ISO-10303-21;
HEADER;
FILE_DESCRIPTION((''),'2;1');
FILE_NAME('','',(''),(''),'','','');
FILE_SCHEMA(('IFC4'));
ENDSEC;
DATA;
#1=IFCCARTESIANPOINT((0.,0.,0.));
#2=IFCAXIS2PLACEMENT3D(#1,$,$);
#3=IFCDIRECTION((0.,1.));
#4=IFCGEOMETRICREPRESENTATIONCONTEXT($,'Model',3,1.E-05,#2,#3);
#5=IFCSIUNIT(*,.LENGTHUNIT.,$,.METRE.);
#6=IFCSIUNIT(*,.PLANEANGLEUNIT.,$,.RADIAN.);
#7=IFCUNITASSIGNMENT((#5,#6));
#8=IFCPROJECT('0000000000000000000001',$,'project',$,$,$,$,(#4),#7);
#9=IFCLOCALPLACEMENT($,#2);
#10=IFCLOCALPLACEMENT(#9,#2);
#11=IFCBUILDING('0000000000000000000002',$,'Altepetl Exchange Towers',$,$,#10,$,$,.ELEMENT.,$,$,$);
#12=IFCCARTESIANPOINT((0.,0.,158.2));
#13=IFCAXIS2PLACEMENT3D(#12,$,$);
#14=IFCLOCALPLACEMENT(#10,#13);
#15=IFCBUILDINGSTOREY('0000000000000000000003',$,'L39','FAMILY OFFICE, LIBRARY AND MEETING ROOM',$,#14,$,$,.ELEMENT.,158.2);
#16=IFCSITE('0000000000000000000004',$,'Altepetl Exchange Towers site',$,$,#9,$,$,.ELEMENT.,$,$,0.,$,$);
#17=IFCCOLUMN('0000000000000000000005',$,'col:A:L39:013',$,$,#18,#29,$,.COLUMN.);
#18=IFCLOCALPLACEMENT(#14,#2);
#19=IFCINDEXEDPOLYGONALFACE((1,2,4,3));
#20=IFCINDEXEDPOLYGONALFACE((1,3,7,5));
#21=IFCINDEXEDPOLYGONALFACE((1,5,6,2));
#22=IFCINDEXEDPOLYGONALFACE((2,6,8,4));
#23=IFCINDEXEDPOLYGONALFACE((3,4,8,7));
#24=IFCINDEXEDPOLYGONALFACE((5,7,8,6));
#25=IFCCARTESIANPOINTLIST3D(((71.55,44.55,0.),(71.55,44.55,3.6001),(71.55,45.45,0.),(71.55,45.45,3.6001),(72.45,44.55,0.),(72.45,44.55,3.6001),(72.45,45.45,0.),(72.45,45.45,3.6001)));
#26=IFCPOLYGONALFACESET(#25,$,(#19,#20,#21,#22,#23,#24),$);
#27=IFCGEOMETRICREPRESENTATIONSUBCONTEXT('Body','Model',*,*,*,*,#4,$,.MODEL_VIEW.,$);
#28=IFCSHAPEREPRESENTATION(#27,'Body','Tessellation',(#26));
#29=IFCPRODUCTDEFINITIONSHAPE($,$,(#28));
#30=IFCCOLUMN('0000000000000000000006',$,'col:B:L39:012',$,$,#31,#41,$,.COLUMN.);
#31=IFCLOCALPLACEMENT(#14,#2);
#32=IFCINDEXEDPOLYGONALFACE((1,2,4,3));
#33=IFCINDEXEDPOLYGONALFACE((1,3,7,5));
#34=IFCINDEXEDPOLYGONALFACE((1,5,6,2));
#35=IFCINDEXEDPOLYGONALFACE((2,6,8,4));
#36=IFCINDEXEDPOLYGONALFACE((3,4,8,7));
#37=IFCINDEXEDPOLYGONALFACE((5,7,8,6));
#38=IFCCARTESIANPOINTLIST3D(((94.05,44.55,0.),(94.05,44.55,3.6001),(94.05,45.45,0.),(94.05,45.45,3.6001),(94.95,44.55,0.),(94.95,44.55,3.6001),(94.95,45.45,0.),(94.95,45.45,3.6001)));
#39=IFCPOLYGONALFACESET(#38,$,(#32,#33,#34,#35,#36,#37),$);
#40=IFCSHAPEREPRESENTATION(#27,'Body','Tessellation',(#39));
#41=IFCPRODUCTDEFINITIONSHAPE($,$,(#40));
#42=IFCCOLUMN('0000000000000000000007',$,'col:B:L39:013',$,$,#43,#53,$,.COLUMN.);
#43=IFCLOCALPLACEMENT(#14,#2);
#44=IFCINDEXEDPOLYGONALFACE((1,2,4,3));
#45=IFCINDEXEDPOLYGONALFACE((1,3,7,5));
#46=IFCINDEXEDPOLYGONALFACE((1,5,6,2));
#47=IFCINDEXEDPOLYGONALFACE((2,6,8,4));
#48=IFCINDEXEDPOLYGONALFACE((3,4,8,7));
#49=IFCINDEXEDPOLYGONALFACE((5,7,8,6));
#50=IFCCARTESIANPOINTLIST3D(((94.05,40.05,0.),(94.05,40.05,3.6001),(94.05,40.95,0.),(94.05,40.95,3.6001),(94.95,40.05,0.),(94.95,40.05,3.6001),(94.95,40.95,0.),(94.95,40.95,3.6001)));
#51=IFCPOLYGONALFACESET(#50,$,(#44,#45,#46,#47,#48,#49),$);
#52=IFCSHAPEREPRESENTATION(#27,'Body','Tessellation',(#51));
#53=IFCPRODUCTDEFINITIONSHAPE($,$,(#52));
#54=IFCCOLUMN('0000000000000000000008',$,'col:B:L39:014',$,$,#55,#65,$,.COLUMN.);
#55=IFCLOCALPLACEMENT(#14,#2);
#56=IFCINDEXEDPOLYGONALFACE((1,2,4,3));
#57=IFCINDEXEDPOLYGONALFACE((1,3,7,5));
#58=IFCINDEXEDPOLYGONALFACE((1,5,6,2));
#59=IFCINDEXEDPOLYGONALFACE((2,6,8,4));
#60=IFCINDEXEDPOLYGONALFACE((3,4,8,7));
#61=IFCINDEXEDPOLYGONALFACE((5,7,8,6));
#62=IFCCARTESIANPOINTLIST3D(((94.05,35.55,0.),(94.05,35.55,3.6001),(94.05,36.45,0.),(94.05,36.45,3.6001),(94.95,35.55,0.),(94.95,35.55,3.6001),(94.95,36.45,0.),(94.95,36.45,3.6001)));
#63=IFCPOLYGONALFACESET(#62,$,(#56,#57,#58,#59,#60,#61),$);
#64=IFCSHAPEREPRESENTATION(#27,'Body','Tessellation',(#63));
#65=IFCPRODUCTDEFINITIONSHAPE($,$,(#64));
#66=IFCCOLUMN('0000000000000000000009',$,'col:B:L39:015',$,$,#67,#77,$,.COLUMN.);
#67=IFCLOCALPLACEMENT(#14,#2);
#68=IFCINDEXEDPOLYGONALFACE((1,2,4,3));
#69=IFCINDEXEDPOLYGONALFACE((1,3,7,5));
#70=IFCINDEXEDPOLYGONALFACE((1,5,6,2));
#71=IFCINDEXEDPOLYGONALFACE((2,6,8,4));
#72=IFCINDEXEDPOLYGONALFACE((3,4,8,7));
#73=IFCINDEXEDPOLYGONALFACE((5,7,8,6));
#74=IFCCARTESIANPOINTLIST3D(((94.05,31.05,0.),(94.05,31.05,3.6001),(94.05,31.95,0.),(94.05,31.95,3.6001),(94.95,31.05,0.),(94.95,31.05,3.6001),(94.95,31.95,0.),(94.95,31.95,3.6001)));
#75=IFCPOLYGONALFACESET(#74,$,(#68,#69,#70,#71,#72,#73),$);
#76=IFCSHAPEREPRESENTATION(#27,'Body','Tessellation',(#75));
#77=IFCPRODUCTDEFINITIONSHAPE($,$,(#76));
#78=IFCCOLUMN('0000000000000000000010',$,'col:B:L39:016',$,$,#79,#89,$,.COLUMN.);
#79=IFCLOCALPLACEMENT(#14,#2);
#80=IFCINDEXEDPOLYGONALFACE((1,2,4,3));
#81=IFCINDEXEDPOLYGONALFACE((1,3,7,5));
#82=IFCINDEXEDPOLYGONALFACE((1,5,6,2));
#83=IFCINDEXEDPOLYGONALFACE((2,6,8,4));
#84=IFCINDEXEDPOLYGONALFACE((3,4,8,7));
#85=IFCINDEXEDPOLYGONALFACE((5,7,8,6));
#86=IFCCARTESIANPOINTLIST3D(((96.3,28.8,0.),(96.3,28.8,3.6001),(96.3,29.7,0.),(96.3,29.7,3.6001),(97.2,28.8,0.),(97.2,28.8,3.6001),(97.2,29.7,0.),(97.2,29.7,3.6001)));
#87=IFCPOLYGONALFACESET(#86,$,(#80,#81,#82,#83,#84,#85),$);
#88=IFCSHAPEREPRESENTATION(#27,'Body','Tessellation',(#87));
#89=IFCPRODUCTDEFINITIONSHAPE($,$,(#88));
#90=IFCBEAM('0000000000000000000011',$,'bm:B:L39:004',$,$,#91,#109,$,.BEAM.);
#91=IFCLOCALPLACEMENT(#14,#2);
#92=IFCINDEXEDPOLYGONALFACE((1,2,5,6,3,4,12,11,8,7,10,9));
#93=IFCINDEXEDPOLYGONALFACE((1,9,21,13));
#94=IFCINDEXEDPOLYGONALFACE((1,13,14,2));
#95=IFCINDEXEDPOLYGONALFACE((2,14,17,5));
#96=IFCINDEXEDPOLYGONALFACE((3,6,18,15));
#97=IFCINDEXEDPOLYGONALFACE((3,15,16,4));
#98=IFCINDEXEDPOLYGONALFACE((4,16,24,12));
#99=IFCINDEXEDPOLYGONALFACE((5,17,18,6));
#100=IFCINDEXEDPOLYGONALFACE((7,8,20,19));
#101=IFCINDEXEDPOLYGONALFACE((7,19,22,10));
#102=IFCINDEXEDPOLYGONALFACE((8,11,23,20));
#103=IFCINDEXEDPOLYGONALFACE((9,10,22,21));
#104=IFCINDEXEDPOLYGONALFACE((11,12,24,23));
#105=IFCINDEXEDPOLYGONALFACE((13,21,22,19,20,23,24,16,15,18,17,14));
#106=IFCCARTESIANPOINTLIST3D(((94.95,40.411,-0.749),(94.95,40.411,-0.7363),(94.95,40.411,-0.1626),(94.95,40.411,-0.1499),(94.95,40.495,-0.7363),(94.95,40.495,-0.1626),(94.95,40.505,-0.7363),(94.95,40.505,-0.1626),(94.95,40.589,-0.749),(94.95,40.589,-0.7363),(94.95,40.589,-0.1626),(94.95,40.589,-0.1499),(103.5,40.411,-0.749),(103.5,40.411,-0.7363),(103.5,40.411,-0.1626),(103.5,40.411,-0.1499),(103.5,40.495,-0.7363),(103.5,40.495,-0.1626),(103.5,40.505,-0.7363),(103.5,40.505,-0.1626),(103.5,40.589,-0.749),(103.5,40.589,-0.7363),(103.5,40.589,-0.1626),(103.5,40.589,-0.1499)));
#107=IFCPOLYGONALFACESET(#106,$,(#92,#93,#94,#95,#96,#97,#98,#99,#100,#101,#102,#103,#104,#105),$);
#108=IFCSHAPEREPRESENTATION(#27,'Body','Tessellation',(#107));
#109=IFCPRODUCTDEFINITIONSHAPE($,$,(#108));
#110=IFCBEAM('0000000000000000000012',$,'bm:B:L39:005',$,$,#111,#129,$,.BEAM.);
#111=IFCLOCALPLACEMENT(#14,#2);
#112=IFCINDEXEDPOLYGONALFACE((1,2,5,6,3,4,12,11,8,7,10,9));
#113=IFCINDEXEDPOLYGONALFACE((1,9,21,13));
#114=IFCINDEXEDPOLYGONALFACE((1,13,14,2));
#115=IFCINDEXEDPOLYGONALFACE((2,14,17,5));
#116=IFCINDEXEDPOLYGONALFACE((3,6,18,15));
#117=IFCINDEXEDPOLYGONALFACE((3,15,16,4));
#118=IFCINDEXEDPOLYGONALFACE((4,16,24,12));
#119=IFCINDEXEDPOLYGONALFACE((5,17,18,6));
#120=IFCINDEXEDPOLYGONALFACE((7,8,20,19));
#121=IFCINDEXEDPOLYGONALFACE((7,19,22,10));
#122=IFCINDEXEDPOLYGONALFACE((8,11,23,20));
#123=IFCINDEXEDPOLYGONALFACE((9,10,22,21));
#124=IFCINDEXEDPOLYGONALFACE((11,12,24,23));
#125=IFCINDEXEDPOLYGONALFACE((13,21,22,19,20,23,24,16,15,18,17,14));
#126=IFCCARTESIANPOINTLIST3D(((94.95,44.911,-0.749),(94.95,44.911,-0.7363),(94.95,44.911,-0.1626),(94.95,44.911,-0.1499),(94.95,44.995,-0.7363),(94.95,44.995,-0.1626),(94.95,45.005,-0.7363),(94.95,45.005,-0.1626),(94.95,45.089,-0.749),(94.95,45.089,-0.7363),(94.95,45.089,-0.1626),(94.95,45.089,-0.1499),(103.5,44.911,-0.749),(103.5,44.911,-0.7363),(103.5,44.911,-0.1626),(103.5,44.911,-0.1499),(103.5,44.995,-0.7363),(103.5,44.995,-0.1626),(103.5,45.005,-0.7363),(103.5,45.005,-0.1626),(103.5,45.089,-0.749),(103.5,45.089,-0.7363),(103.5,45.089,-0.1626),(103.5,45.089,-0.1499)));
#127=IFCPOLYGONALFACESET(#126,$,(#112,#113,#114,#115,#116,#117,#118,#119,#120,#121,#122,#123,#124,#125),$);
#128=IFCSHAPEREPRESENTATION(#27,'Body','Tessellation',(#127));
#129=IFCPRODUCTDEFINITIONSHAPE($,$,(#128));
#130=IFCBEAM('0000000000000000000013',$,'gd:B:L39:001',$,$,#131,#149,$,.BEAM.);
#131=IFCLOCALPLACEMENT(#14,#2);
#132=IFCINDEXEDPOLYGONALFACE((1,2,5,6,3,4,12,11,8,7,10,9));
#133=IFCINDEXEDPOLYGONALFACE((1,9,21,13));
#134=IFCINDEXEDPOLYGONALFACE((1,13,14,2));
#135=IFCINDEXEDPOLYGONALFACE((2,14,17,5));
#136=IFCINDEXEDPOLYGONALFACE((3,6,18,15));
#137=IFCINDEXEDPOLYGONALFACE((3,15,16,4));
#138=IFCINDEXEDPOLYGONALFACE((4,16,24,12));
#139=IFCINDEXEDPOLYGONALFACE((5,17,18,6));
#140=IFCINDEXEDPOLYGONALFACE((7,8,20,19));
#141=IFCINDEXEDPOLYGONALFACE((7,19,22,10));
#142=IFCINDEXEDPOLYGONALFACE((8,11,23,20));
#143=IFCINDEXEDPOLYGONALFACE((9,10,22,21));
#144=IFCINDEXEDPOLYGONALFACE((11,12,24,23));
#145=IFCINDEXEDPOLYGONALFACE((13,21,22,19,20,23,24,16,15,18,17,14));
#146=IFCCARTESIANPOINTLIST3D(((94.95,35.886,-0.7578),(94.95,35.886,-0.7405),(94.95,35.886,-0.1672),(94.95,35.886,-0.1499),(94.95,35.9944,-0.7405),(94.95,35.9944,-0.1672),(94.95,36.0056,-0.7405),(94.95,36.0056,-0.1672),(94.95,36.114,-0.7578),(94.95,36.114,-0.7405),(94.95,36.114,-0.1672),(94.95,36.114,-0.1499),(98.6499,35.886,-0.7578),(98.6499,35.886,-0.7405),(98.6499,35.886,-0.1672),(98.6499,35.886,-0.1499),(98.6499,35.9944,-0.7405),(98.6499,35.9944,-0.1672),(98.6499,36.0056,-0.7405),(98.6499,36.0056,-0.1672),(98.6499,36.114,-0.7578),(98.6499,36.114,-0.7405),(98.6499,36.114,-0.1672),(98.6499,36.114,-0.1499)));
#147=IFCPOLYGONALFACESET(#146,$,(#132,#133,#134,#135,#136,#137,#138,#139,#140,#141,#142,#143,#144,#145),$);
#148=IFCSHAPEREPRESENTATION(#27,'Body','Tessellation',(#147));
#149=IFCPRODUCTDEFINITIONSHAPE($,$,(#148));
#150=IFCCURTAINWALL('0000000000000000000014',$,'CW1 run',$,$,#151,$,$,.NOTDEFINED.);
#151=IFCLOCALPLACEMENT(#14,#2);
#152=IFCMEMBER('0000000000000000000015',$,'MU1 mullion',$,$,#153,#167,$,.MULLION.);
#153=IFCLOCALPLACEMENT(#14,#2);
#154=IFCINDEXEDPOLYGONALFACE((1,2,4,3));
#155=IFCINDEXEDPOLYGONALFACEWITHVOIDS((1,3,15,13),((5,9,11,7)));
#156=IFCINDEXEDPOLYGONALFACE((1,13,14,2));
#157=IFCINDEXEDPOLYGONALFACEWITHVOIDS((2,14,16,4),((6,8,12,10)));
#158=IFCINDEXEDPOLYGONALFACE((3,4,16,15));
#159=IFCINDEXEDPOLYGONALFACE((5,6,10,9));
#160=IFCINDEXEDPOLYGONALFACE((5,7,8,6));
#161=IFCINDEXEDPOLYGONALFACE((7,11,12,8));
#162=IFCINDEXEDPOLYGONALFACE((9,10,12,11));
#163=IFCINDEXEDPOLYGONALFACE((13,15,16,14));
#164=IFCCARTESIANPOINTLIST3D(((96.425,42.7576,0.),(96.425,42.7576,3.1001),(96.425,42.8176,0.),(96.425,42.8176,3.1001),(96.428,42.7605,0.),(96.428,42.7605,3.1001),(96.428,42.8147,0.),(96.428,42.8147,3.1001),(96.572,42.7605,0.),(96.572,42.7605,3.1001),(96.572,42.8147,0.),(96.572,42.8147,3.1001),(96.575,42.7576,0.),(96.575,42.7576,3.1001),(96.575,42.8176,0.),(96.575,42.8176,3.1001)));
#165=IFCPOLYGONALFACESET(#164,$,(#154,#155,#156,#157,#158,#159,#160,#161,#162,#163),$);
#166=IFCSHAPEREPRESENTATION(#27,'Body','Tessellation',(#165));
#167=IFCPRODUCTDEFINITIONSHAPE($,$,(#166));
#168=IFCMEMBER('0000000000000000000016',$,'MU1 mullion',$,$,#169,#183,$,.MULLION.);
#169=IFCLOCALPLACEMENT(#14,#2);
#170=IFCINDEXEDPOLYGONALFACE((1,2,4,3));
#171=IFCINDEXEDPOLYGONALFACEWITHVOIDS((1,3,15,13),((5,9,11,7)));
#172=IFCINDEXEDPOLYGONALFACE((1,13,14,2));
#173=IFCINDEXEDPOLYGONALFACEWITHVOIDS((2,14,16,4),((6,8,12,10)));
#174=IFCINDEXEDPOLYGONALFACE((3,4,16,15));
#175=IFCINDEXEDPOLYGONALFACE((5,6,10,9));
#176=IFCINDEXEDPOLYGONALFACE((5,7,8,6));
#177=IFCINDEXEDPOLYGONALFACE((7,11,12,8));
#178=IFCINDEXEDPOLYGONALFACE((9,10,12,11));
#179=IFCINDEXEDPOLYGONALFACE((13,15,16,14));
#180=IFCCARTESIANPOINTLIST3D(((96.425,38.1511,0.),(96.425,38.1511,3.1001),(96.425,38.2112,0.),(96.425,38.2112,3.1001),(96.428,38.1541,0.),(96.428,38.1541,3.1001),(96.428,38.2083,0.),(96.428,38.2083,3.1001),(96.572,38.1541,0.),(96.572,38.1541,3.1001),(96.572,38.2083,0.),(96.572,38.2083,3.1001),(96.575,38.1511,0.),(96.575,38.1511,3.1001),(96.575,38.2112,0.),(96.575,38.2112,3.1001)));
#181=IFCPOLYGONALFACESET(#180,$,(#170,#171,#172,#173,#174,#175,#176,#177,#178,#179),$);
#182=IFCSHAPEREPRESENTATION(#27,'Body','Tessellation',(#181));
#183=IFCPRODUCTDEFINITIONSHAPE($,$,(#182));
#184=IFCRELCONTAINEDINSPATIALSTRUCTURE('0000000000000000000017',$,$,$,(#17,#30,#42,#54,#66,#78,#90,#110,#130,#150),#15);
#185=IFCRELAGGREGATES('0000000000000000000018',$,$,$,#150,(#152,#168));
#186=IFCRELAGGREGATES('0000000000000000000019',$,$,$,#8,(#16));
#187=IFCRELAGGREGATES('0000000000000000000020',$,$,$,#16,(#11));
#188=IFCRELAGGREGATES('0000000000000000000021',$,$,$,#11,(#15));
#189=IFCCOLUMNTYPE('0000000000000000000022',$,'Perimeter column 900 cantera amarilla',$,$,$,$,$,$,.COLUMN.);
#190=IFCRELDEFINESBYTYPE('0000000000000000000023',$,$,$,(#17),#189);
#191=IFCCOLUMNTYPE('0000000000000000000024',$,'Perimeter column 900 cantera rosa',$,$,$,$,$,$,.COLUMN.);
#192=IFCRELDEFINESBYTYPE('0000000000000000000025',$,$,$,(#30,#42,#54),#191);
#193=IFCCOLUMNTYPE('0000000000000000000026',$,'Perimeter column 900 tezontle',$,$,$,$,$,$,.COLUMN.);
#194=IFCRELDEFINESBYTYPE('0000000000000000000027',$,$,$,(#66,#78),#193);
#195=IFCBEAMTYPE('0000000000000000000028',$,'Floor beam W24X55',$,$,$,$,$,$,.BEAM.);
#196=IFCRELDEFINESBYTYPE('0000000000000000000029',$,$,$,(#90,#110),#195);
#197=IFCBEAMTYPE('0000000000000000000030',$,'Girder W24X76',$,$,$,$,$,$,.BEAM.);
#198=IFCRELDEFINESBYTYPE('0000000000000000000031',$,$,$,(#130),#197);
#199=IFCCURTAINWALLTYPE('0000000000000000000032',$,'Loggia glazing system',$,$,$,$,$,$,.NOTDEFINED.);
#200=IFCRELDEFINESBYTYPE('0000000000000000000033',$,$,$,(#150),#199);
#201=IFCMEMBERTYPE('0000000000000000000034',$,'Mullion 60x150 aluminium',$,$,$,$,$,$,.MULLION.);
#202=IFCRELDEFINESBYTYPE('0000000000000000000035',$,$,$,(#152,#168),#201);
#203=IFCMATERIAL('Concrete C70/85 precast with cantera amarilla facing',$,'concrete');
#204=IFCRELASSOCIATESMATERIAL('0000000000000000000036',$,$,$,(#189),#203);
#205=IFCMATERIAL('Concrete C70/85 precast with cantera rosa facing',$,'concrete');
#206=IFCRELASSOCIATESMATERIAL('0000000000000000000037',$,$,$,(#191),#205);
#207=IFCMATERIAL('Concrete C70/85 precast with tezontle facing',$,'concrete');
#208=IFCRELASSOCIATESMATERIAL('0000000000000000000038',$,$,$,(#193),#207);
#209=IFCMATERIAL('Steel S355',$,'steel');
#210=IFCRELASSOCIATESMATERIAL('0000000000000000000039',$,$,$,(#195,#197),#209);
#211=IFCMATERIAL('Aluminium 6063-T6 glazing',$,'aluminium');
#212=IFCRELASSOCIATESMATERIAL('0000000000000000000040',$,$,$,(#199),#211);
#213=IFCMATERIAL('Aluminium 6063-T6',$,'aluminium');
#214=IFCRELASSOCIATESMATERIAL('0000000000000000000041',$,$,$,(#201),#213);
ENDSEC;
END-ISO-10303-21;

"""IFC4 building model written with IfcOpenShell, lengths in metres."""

from ifc_helpers import new_model, si_unit, direction, frame, origin, origin_2d, place, context, subcontext, project, spatial, rectangle, hollow_rectangle, i_section, extrude, material, material_profile, profile_set, type_object, element, aggregate, save


model = new_model("IFC4")

# Units and contexts
model_context = context("Model", 3, precision=1e-05, world=origin(), true_north=direction((0.0, 1.0)))
body_context = subcontext(model_context, "Body", "Model", "MODEL_VIEW")
ifc_project = project(units=[si_unit("LENGTHUNIT", "METRE"), si_unit("PLANEANGLEUNIT", "RADIAN")], contexts=[model_context])

# Site, building, storey
site_placement = place(None, origin())
site = spatial("IfcSite", under=ifc_project, at=site_placement, Name="Altepetl Exchange Towers site", CompositionType="ELEMENT", RefElevation=0.0)
building_placement = place(site_placement, origin())
building = spatial("IfcBuilding", under=site, at=building_placement, Name="Altepetl Exchange Towers", CompositionType="ELEMENT")
storey_placement = place(building_placement, frame((0.0, 0.0, 158.2)))
storey = spatial("IfcBuildingStorey", under=building, at=storey_placement, Name="L39", Description="FAMILY OFFICE, LIBRARY AND MEETING ROOM", CompositionType="ELEMENT", Elevation=158.2)

# Columns
ifc_material_1 = material(Name="Concrete C70/85 precast with cantera amarilla facing", Category="concrete")
ifc_material_profile_1 = material_profile(ifc_material_1, rectangle(XDim=0.8999, YDim=0.8999, at=origin_2d()), Name="900 x 900")
ifc_profile_set_1 = profile_set([ifc_material_profile_1], Name="Concrete C70/85 precast with cantera amarilla facing")
column_type_1 = type_object("IfcColumnType", Name="Perimeter column 900 cantera amarilla", PredefinedType="COLUMN", material=ifc_profile_set_1)
column_placement = place(storey_placement, frame((72.0, 45.0, 0.0)))
element("IfcColumn", 1, at=column_placement, inside=storey, type_object=column_type_1, Name="col:A:L39:013", PredefinedType="COLUMN", context=body_context, shape_type="SweptSolid", body=[
    extrude(rectangle(XDim=0.8999, YDim=0.8999, at=origin_2d()), origin(), (0.0, 0.0, 1.0), 3.6001),
])
ifc_material_2 = material(Name="Concrete C70/85 precast with cantera rosa facing", Category="concrete")
ifc_material_profile_2 = material_profile(ifc_material_2, rectangle(XDim=0.8999, YDim=0.8999, at=origin_2d()), Name="900 x 900")
ifc_profile_set_2 = profile_set([ifc_material_profile_2], Name="Concrete C70/85 precast with cantera rosa facing")
column_type_2 = type_object("IfcColumnType", Name="Perimeter column 900 cantera rosa", PredefinedType="COLUMN", material=ifc_profile_set_2)
for number, where, name in (
    (2, (94.5, 45.0, 0.0), "col:B:L39:012"),
    (3, (94.5, 40.5, 0.0), "col:B:L39:013"),
    (4, (94.5, 36.0, 0.0), "col:B:L39:014"),
):
    element("IfcColumn", number, at=place(storey_placement, frame(where)), inside=storey, type_object=column_type_2, Name=name, PredefinedType="COLUMN", context=body_context, shape_type="SweptSolid", body=[
        extrude(rectangle(XDim=0.8999, YDim=0.8999, at=origin_2d()), origin(), (0.0, 0.0, 1.0), 3.6001),
    ])
ifc_material_3 = material(Name="Concrete C70/85 precast with tezontle facing", Category="concrete")
ifc_material_profile_3 = material_profile(ifc_material_3, rectangle(XDim=0.8999, YDim=0.8999, at=origin_2d()), Name="900 x 900")
ifc_profile_set_3 = profile_set([ifc_material_profile_3], Name="Concrete C70/85 precast with tezontle facing")
column_type_3 = type_object("IfcColumnType", Name="Perimeter column 900 tezontle", PredefinedType="COLUMN", material=ifc_profile_set_3)
for number, where, name in (
    (5, (94.5, 31.5, 0.0), "col:B:L39:015"),
    (6, (96.75, 29.25, 0.0), "col:B:L39:016"),
):
    element("IfcColumn", number, at=place(storey_placement, frame(where)), inside=storey, type_object=column_type_3, Name=name, PredefinedType="COLUMN", context=body_context, shape_type="SweptSolid", body=[
        extrude(rectangle(XDim=0.8999, YDim=0.8999, at=origin_2d()), origin(), (0.0, 0.0, 1.0), 3.6001),
    ])

# Beams
ifc_material_4 = material(Name="Steel S355", Category="steel")
ifc_material_profile_4 = material_profile(ifc_material_4, i_section(OverallWidth=0.178, OverallDepth=0.5991, WebThickness=0.01, FlangeThickness=0.0127, at=origin_2d()), Name="W24X55")
ifc_profile_set_4 = profile_set([ifc_material_profile_4], Name="Steel S355")
beam_type_1 = type_object("IfcBeamType", Name="Floor beam W24X55", PredefinedType="BEAM", material=ifc_profile_set_4)
for number, where, z_axis, x_axis, name in (
    (7, (94.95, 40.5, -0.4495), (1.0, 0.0, 0.0), (0.0, 1.0, 0.0), "bm:B:L39:004"),
    (8, (94.95, 45.0, -0.4495), (1.0, 0.0, 0.0), (0.0, 1.0, 0.0), "bm:B:L39:005"),
):
    element("IfcBeam", number, at=place(storey_placement, frame(where, z_axis=z_axis, x_axis=x_axis)), inside=storey, type_object=beam_type_1, Name=name, PredefinedType="BEAM", context=body_context, shape_type="SweptSolid", body=[
        extrude(i_section(OverallWidth=0.178, OverallDepth=0.5991, WebThickness=0.01, FlangeThickness=0.0127, at=origin_2d()), origin(), (0.0, 0.0, 1.0), 8.55),
    ])
ifc_material_profile_5 = material_profile(ifc_material_4, i_section(OverallWidth=0.228, OverallDepth=0.6079, WebThickness=0.0112, FlangeThickness=0.0173, at=origin_2d()), Name="W24X76")
ifc_profile_set_5 = profile_set([ifc_material_profile_5], Name="Steel S355")
beam_type_2 = type_object("IfcBeamType", Name="Girder W24X76", PredefinedType="BEAM", material=ifc_profile_set_5)
beam_1_placement = place(storey_placement, frame((98.6499, 36.0, -0.4539), z_axis=(-1.0, 0.0, 0.0), x_axis=(0.0, -1.0, 0.0)))
element("IfcBeam", 9, at=beam_1_placement, inside=storey, type_object=beam_type_2, Name="gd:B:L39:001", PredefinedType="BEAM", context=body_context, shape_type="SweptSolid", body=[
    extrude(i_section(OverallWidth=0.228, OverallDepth=0.6079, WebThickness=0.0112, FlangeThickness=0.0173, at=origin_2d()), origin(), (0.0, 0.0, 1.0), 3.7),
])

# Curtain wall, members
ifc_material_5 = material(Name="Aluminium 6063-T6 glazing", Category="aluminium")
curtain_wall_type = type_object("IfcCurtainWallType", Name="Loggia glazing system", PredefinedType="NOTDEFINED", material=ifc_material_5)
curtain_wall_1_placement = place(storey_placement, origin())
curtain_wall_1 = element("IfcCurtainWall", 10, at=curtain_wall_1_placement, inside=storey, type_object=curtain_wall_type, Name="CW1 run", PredefinedType="NOTDEFINED")
ifc_material_6 = material(Name="Aluminium 6063-T6", Category="aluminium")
ifc_material_profile_6 = material_profile(ifc_material_6, hollow_rectangle(XDim=0.0601, YDim=0.1499, WallThickness=0.0029, at=origin_2d()), Name="Mullion 60x150 aluminium")
ifc_profile_set_6 = profile_set([ifc_material_profile_6], Name="Aluminium 6063-T6")
member_type = type_object("IfcMemberType", Name="Mullion 60x150 aluminium", PredefinedType="MULLION", material=ifc_profile_set_6)
member_1_placement = place(storey_placement, frame((96.5, 42.7876, 0.0), z_axis=(0.0, 0.0, 1.0), x_axis=(0.0, -1.0, 0.0)))
member_1 = element("IfcMember", 11, at=member_1_placement, type_object=member_type, Name="MU1 mullion", PredefinedType="MULLION", context=body_context, shape_type="SweptSolid", body=[
    extrude(hollow_rectangle(XDim=0.0601, YDim=0.1499, WallThickness=0.0029, at=origin_2d()), origin(), (0.0, 0.0, 1.0), 3.1001),
])
member_2_placement = place(storey_placement, frame((96.5, 38.1812, 0.0), z_axis=(0.0, 0.0, 1.0), x_axis=(0.0, -1.0, 0.0)))
member_2 = element("IfcMember", 12, at=member_2_placement, type_object=member_type, Name="MU1 mullion", PredefinedType="MULLION", context=body_context, shape_type="SweptSolid", body=[
    extrude(hollow_rectangle(XDim=0.0601, YDim=0.1499, WallThickness=0.0029, at=origin_2d()), origin(), (0.0, 0.0, 1.0), 3.1001),
])

aggregate(curtain_wall_1, [member_1, member_2])

save(model, "model.ifc")
